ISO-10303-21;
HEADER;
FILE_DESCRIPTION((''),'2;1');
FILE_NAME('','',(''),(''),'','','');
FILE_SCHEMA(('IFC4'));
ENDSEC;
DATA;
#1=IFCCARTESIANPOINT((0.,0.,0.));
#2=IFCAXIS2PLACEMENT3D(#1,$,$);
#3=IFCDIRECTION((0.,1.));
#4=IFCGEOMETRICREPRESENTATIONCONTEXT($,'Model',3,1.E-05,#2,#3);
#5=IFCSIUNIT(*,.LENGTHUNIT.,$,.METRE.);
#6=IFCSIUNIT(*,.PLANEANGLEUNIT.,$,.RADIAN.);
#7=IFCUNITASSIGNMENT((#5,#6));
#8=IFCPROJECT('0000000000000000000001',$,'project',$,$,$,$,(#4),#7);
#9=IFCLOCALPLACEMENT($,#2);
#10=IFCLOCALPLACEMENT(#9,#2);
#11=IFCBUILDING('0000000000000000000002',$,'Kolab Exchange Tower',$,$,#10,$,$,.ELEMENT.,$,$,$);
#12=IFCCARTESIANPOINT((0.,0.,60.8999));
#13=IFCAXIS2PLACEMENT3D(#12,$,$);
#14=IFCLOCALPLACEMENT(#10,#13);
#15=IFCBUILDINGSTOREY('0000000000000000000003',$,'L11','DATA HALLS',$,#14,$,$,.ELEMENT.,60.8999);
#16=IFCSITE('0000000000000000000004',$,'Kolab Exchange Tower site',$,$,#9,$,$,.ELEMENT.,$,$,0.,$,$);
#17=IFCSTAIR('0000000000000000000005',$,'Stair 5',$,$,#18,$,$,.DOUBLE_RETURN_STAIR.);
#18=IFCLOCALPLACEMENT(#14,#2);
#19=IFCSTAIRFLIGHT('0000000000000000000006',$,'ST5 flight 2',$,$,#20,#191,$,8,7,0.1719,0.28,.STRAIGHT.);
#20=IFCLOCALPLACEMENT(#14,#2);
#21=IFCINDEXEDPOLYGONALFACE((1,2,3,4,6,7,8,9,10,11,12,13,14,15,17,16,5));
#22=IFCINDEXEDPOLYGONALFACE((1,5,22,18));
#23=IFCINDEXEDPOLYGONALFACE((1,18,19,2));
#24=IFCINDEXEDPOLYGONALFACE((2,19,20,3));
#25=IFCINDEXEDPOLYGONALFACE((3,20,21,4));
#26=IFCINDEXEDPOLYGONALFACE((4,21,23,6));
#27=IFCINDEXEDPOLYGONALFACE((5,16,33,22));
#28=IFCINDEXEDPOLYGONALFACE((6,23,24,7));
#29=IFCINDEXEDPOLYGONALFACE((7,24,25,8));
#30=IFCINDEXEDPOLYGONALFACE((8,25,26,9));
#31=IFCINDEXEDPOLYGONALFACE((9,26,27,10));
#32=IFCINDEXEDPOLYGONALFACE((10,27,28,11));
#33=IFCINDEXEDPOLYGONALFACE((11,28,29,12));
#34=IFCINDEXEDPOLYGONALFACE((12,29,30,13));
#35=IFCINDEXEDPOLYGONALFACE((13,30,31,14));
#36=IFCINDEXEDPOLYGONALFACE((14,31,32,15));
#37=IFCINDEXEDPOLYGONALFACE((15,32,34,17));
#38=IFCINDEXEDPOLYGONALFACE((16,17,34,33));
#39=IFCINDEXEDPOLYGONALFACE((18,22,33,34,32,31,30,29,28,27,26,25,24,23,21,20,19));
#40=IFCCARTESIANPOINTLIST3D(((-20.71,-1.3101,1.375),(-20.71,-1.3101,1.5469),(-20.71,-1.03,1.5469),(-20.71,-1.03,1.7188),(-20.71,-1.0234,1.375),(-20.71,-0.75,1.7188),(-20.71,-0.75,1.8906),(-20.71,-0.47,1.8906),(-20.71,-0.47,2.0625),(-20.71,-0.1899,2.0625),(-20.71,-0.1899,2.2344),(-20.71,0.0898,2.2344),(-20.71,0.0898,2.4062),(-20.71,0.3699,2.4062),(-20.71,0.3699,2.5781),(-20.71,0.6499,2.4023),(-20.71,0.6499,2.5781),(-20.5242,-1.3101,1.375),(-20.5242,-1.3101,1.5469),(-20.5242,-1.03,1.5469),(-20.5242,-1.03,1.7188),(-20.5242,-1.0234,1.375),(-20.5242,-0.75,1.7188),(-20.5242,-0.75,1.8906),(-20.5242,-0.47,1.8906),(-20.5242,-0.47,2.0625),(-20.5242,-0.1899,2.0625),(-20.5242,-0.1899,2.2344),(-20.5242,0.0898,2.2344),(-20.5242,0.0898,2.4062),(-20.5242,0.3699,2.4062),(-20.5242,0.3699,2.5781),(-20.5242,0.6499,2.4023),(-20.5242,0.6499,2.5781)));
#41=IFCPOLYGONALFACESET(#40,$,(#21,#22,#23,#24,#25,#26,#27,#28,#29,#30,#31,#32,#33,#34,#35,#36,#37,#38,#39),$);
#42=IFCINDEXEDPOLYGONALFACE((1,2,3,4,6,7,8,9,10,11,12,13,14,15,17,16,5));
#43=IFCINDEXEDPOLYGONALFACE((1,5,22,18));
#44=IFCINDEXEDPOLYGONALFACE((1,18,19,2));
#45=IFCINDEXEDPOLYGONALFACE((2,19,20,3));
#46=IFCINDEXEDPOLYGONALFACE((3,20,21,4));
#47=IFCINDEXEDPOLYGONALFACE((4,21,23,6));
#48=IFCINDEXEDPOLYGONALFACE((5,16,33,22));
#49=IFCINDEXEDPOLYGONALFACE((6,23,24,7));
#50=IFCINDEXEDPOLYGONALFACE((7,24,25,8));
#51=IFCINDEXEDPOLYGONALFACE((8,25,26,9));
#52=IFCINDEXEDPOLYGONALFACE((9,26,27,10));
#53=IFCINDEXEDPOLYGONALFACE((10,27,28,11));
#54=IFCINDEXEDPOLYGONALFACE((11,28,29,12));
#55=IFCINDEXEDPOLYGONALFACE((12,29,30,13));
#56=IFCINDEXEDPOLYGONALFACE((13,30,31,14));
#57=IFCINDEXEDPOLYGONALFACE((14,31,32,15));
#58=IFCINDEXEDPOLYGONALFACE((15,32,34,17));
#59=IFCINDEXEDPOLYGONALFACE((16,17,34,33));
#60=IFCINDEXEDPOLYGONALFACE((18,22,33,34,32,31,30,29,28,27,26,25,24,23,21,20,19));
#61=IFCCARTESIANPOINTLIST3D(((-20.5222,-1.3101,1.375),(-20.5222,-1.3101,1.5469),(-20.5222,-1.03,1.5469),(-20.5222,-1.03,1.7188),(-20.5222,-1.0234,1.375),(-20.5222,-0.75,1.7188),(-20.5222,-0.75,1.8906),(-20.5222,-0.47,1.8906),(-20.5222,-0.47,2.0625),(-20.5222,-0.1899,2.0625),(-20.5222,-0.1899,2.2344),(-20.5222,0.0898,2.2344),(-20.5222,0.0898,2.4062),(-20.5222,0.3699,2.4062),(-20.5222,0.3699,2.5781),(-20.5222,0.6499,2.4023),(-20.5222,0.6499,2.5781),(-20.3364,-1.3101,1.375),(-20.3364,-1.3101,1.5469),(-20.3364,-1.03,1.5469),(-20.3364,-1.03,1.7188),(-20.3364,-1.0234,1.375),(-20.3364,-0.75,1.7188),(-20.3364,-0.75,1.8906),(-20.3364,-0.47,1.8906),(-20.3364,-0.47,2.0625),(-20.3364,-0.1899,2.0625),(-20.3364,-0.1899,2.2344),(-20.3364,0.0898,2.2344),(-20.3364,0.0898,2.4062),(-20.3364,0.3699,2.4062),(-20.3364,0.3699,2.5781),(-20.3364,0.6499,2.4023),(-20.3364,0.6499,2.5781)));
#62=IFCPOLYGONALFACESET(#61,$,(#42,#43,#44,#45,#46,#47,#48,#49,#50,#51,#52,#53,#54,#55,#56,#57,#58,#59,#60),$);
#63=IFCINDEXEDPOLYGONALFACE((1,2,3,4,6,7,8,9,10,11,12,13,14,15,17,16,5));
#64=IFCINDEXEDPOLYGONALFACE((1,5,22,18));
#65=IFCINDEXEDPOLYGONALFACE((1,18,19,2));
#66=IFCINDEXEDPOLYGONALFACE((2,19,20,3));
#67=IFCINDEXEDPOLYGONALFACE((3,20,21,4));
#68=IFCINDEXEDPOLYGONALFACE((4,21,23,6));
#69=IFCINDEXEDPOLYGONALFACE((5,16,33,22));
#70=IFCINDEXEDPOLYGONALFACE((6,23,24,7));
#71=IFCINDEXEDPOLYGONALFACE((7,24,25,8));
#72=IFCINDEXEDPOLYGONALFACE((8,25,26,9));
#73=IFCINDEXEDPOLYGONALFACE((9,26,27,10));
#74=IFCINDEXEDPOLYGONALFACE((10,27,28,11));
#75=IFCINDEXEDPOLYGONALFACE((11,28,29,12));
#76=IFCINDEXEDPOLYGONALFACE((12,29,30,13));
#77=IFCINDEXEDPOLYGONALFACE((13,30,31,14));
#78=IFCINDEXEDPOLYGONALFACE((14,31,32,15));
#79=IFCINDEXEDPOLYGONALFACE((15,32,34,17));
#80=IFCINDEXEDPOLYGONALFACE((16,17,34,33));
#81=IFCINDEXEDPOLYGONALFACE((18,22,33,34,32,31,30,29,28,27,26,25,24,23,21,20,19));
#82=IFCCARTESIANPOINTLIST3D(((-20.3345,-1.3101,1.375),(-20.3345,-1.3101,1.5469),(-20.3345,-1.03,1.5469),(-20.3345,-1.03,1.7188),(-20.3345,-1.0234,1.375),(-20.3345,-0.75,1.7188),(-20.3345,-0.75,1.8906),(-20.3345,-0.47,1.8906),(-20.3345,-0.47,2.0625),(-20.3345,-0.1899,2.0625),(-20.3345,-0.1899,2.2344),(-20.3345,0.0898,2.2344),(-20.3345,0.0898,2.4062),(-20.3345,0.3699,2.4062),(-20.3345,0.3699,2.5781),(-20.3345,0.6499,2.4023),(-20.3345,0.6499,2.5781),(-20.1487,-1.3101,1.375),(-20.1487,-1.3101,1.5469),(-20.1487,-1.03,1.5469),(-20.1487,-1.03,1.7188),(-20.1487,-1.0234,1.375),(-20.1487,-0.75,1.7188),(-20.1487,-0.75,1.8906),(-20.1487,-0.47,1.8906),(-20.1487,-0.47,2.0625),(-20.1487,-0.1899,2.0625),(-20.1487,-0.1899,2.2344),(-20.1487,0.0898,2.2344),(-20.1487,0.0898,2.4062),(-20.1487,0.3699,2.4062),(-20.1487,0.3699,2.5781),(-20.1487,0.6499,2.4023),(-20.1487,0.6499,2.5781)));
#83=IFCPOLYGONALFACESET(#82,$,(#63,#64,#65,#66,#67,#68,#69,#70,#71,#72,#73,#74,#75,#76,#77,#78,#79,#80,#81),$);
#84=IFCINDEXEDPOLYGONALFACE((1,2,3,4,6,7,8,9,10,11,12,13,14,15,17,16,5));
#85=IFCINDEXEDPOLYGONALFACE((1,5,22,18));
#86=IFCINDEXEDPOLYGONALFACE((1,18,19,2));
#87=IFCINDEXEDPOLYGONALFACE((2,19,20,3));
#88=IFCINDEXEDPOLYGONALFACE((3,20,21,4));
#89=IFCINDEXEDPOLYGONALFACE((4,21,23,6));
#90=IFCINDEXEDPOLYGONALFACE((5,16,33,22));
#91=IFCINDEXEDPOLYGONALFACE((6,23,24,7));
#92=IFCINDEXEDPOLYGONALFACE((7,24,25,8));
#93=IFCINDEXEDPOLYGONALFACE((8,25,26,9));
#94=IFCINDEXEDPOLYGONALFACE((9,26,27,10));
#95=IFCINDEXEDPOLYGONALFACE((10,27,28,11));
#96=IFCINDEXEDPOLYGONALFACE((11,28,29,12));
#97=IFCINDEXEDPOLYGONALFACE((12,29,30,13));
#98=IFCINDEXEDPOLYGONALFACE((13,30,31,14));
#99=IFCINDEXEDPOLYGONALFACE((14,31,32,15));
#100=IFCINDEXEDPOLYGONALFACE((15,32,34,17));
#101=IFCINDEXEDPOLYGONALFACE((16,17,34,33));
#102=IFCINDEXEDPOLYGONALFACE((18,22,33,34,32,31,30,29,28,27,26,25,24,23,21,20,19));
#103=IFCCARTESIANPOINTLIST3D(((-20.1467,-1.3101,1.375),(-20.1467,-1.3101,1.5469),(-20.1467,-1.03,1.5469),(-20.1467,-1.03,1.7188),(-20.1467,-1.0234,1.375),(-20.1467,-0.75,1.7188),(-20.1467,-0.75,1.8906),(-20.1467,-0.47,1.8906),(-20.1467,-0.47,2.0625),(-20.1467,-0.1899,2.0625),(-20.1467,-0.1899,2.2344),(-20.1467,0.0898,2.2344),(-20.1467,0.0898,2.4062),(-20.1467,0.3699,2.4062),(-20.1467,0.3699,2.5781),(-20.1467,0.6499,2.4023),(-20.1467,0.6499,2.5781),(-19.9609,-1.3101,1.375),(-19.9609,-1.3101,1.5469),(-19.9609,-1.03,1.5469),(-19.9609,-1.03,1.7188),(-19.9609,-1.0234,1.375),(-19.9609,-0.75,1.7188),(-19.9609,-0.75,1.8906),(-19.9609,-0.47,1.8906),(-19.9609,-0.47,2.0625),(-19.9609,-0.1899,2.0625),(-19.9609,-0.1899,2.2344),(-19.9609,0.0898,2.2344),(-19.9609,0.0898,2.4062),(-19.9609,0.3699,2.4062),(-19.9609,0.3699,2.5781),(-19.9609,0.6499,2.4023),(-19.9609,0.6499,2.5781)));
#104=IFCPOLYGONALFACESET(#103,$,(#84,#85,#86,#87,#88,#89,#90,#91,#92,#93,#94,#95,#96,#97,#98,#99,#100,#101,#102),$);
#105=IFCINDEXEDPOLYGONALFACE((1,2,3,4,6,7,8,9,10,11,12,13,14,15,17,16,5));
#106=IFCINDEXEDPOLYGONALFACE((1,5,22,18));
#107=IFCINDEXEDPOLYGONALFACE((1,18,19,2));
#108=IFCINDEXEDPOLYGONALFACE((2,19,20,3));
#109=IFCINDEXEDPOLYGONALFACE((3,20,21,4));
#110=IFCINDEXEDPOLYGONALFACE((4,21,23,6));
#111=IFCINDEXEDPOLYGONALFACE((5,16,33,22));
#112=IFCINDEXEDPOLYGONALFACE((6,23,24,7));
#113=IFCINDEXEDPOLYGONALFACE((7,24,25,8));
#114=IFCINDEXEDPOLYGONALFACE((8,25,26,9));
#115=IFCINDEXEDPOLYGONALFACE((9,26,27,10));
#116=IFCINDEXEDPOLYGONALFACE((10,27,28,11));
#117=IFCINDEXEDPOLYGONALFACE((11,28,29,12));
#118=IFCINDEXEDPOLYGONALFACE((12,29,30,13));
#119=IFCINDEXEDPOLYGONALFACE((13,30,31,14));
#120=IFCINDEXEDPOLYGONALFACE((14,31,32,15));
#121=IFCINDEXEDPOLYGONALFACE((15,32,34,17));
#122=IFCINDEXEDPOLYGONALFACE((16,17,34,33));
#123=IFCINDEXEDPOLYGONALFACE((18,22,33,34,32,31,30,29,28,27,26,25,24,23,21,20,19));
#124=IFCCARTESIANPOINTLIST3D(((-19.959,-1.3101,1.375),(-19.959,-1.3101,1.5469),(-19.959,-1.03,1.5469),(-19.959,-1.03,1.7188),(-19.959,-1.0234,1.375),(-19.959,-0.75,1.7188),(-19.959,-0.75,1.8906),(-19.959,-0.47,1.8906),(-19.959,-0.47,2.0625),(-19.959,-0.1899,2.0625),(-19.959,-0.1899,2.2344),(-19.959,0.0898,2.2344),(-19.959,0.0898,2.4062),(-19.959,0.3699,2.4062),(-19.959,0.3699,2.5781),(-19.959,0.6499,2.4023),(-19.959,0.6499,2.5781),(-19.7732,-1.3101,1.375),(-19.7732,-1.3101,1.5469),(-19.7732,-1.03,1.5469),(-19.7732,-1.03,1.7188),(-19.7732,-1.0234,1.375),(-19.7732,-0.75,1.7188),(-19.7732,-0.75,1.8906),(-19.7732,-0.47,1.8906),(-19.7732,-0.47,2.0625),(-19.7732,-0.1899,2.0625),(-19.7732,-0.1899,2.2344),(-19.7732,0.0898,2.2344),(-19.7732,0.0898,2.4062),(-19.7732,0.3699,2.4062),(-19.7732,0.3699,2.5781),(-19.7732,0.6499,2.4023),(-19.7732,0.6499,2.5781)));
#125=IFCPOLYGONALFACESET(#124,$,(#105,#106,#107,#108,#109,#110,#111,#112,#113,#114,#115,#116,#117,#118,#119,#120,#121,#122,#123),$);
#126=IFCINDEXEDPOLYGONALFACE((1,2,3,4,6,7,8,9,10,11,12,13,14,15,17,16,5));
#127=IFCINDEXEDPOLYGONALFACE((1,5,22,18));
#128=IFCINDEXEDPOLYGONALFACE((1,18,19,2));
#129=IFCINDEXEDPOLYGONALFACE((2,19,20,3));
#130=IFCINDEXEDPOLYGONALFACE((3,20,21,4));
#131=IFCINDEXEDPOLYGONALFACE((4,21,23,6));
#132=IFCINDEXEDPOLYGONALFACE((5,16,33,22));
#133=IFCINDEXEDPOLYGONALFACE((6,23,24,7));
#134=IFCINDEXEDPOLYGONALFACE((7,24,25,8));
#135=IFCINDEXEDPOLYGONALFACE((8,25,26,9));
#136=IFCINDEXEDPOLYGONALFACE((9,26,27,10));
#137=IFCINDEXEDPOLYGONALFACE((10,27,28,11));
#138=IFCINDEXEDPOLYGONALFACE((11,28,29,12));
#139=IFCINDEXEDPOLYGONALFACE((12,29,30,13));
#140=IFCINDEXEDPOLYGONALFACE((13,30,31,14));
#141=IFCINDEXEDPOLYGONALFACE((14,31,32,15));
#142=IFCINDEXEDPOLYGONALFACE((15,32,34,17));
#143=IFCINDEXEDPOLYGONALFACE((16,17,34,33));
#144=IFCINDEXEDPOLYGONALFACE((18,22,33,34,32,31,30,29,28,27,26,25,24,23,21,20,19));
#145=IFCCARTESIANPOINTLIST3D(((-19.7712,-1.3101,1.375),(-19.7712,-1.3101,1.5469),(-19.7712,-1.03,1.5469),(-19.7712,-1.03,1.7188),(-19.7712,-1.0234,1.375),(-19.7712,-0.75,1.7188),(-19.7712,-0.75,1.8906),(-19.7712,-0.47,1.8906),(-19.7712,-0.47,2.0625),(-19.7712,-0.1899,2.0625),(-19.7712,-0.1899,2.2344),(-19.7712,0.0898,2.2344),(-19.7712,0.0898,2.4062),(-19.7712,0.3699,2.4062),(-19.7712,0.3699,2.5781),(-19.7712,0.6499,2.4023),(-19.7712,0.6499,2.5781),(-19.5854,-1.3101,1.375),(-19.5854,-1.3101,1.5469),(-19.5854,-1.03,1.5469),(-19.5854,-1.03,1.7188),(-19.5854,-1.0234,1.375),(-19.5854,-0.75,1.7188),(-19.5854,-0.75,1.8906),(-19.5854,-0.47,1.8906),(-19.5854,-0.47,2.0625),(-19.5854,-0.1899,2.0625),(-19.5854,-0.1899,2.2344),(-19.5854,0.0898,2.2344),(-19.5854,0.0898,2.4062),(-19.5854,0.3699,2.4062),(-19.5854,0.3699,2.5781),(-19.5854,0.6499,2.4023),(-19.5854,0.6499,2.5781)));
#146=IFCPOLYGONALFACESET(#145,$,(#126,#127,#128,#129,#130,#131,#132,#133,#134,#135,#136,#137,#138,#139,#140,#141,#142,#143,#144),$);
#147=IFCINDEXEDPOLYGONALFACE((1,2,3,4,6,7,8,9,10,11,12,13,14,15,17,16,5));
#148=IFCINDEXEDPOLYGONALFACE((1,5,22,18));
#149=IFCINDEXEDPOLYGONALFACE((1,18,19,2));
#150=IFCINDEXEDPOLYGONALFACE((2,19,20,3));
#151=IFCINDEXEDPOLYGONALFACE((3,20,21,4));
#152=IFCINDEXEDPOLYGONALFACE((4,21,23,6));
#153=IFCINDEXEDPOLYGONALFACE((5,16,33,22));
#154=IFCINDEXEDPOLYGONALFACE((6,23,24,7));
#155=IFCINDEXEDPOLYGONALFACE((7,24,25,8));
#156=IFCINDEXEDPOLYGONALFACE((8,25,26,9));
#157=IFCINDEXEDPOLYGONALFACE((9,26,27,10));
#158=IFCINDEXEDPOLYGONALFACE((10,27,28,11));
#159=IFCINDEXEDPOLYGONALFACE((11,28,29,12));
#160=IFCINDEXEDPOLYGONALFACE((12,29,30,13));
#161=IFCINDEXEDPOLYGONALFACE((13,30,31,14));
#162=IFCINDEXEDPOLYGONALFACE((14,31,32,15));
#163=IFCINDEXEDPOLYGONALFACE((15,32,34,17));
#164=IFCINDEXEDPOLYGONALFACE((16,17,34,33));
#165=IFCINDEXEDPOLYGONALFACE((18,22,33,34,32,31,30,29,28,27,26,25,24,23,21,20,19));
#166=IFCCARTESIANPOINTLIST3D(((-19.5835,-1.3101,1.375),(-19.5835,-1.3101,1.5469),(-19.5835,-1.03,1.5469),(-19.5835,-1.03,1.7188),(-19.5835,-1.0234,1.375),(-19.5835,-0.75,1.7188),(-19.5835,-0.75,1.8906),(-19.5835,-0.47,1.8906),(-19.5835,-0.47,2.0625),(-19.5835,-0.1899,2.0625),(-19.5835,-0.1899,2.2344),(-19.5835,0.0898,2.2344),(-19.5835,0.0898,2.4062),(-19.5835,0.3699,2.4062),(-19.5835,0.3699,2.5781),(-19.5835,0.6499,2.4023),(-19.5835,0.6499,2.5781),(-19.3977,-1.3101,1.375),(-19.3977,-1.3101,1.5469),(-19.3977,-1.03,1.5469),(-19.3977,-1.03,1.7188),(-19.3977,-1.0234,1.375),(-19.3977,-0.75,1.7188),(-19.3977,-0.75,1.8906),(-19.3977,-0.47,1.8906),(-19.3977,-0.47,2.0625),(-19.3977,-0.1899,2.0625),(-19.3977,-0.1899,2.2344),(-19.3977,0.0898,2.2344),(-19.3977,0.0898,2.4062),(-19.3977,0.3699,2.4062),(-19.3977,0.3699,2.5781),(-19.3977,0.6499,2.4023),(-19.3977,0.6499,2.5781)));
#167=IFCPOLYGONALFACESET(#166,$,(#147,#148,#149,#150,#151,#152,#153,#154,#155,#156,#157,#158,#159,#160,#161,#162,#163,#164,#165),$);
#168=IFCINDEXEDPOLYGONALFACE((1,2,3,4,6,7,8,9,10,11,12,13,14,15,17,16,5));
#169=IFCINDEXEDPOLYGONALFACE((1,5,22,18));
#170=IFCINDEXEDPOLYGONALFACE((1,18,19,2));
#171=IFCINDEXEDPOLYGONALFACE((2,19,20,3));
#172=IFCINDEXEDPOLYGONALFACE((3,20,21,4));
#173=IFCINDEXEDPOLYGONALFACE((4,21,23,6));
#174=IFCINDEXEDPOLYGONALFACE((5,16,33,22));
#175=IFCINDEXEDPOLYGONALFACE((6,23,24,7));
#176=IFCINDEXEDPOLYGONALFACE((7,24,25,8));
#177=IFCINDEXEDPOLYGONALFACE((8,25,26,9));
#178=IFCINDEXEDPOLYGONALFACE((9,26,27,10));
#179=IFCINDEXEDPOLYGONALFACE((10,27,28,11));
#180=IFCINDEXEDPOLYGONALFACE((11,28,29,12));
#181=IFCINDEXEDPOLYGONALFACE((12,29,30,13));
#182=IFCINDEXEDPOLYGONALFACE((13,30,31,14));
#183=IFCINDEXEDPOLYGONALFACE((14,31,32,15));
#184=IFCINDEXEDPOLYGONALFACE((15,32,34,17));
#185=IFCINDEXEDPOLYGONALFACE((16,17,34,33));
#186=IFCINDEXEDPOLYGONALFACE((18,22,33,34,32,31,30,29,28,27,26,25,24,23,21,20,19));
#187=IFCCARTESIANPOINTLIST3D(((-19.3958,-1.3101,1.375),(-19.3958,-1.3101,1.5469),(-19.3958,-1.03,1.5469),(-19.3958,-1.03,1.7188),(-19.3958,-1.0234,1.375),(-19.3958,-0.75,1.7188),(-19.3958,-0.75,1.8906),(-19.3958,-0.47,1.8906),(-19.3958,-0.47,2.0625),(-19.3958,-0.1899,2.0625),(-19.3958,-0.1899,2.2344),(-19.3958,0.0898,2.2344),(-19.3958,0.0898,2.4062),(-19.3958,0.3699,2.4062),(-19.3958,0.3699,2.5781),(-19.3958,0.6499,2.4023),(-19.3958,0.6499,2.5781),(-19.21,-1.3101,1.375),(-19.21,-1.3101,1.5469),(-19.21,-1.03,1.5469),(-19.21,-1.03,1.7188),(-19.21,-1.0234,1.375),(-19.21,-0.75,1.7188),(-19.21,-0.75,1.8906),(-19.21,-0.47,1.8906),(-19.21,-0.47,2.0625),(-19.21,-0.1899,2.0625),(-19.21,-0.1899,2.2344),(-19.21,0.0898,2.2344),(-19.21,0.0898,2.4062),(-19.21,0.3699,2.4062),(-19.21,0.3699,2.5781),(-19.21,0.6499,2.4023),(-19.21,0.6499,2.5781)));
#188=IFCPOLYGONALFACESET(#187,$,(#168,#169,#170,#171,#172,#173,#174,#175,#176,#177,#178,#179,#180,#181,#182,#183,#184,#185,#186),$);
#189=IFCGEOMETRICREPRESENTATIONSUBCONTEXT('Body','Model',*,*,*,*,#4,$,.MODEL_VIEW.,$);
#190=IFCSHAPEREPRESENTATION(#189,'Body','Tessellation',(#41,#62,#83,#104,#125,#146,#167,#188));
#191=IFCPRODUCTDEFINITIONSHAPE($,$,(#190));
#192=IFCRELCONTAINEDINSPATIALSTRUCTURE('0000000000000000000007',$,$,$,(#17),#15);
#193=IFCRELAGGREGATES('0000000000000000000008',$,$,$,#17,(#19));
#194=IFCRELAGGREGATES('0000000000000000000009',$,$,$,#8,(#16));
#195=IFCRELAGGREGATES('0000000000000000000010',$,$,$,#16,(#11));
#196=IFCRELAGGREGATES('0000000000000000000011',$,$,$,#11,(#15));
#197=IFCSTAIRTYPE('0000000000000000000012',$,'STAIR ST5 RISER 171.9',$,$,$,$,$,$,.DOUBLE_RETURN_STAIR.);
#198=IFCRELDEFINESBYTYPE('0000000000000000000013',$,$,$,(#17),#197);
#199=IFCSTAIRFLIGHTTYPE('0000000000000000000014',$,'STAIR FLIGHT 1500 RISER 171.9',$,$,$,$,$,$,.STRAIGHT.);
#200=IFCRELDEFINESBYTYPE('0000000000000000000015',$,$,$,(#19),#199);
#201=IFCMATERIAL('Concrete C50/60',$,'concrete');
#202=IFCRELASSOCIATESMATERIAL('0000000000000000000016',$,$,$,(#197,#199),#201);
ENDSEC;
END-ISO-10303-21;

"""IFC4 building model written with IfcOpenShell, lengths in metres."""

from ifc_helpers import new_model, si_unit, direction, frame, origin, place, context, subcontext, project, spatial, polyline, outline, extrude, material, type_object, element, aggregate, save


model = new_model("IFC4")

# Units and contexts
model_context = context("Model", 3, precision=1e-05, world=origin(), true_north=direction((0.0, 1.0)))
body_context = subcontext(model_context, "Body", "Model", "MODEL_VIEW")
ifc_project = project(units=[si_unit("LENGTHUNIT", "METRE"), si_unit("PLANEANGLEUNIT", "RADIAN")], contexts=[model_context])

# Site, building, storey
site_placement = place(None, origin())
site = spatial("IfcSite", under=ifc_project, at=site_placement, Name="Kolab Exchange Tower site", CompositionType="ELEMENT", RefElevation=0.0)
building_placement = place(site_placement, origin())
building = spatial("IfcBuilding", under=site, at=building_placement, Name="Kolab Exchange Tower", CompositionType="ELEMENT")
storey_placement = place(building_placement, frame((0.0, 0.0, 60.8999)))
storey = spatial("IfcBuildingStorey", under=building, at=storey_placement, Name="L11", Description="DATA HALLS", CompositionType="ELEMENT", Elevation=60.8999)

# Shared definitions
ifc_material_1 = material(Name="Concrete C50/60", Category="concrete")

# Stair, stair flight
stair_type = type_object("IfcStairType", Name="STAIR ST5 RISER 171.9", PredefinedType="DOUBLE_RETURN_STAIR", material=ifc_material_1)
stair_placement = place(storey_placement, origin())
stair = element("IfcStair", 1, at=stair_placement, inside=storey, type_object=stair_type, Name="Stair 5", PredefinedType="DOUBLE_RETURN_STAIR")
stair_flight_type = type_object("IfcStairFlightType", Name="STAIR FLIGHT 1500 RISER 171.9", PredefinedType="STRAIGHT", material=ifc_material_1)
stair_flight_1_placement = place(storey_placement, frame((-19.96, -1.3101, 1.375), z_axis=(0.0, 0.0, 1.0), x_axis=(0.0, 1.0, 0.0)))
stair_flight_1 = element("IfcStairFlight", 2, at=stair_flight_1_placement, type_object=stair_flight_type, Name="ST5 flight 2", NumberOfRisers=8, NumberOfTreads=7, PredefinedType="STRAIGHT", RiserHeight=0.1719, TreadLength=0.28, context=body_context, shape_type="SweptSolid", body=[
    extrude(outline(polyline([(0.0, 0.0), (0.0, 0.1719), (0.28, 0.1719), (0.28, 0.3438), (0.5601, 0.3438), (0.5601, 0.5156), (0.8401, 0.5156), (0.8401, 0.6875), (1.1201, 0.6875), (1.1201, 0.8594), (1.3999, 0.8594), (1.3999, 1.0312), (1.6799, 1.0312), (1.6799, 1.2031), (1.96, 1.2031), (1.96, 1.375), (1.96, 1.0273), (0.2866, 0.0), (0.0, 0.0)])), frame((0.0, 0.75, 0.0), z_axis=(0.0, -1.0, 0.0), x_axis=(1.0, 0.0, 0.0)), (0.0, 0.0, 1.0), 0.1858),
    extrude(outline(polyline([(0.0, 0.0), (0.0, 0.1719), (0.28, 0.1719), (0.28, 0.3438), (0.5601, 0.3438), (0.5601, 0.5156), (0.8401, 0.5156), (0.8401, 0.6875), (1.1201, 0.6875), (1.1201, 0.8594), (1.3999, 0.8594), (1.3999, 1.0312), (1.6799, 1.0312), (1.6799, 1.2031), (1.96, 1.2031), (1.96, 1.375), (1.96, 1.0273), (0.2866, 0.0), (0.0, 0.0)])), frame((0.0, 0.5623, 0.0), z_axis=(0.0, -1.0, 0.0), x_axis=(1.0, 0.0, 0.0)), (0.0, 0.0, 1.0), 0.1858),
    extrude(outline(polyline([(0.0, 0.0), (0.0, 0.1719), (0.28, 0.1719), (0.28, 0.3438), (0.5601, 0.3438), (0.5601, 0.5156), (0.8401, 0.5156), (0.8401, 0.6875), (1.1201, 0.6875), (1.1201, 0.8594), (1.3999, 0.8594), (1.3999, 1.0312), (1.6799, 1.0312), (1.6799, 1.2031), (1.96, 1.2031), (1.96, 1.375), (1.96, 1.0273), (0.2866, 0.0), (0.0, 0.0)])), frame((0.0, 0.3745, 0.0), z_axis=(0.0, -1.0, 0.0), x_axis=(1.0, 0.0, 0.0)), (0.0, 0.0, 1.0), 0.1858),
    extrude(outline(polyline([(0.0, 0.0), (0.0, 0.1719), (0.28, 0.1719), (0.28, 0.3438), (0.5601, 0.3438), (0.5601, 0.5156), (0.8401, 0.5156), (0.8401, 0.6875), (1.1201, 0.6875), (1.1201, 0.8594), (1.3999, 0.8594), (1.3999, 1.0312), (1.6799, 1.0312), (1.6799, 1.2031), (1.96, 1.2031), (1.96, 1.375), (1.96, 1.0273), (0.2866, 0.0), (0.0, 0.0)])), frame((0.0, 0.1868, 0.0), z_axis=(0.0, -1.0, 0.0), x_axis=(1.0, 0.0, 0.0)), (0.0, 0.0, 1.0), 0.1858),
    extrude(outline(polyline([(0.0, 0.0), (0.0, 0.1719), (0.28, 0.1719), (0.28, 0.3438), (0.5601, 0.3438), (0.5601, 0.5156), (0.8401, 0.5156), (0.8401, 0.6875), (1.1201, 0.6875), (1.1201, 0.8594), (1.3999, 0.8594), (1.3999, 1.0312), (1.6799, 1.0312), (1.6799, 1.2031), (1.96, 1.2031), (1.96, 1.375), (1.96, 1.0273), (0.2866, 0.0), (0.0, 0.0)])), frame((0.0, -0.001, 0.0), z_axis=(0.0, -1.0, 0.0), x_axis=(1.0, 0.0, 0.0)), (0.0, 0.0, 1.0), 0.1858),
    extrude(outline(polyline([(0.0, 0.0), (0.0, 0.1719), (0.28, 0.1719), (0.28, 0.3438), (0.5601, 0.3438), (0.5601, 0.5156), (0.8401, 0.5156), (0.8401, 0.6875), (1.1201, 0.6875), (1.1201, 0.8594), (1.3999, 0.8594), (1.3999, 1.0312), (1.6799, 1.0312), (1.6799, 1.2031), (1.96, 1.2031), (1.96, 1.375), (1.96, 1.0273), (0.2866, 0.0), (0.0, 0.0)])), frame((0.0, -0.1887, 0.0), z_axis=(0.0, -1.0, 0.0), x_axis=(1.0, 0.0, 0.0)), (0.0, 0.0, 1.0), 0.1858),
    extrude(outline(polyline([(0.0, 0.0), (0.0, 0.1719), (0.28, 0.1719), (0.28, 0.3438), (0.5601, 0.3438), (0.5601, 0.5156), (0.8401, 0.5156), (0.8401, 0.6875), (1.1201, 0.6875), (1.1201, 0.8594), (1.3999, 0.8594), (1.3999, 1.0312), (1.6799, 1.0312), (1.6799, 1.2031), (1.96, 1.2031), (1.96, 1.375), (1.96, 1.0273), (0.2866, 0.0), (0.0, 0.0)])), frame((0.0, -0.3765, 0.0), z_axis=(0.0, -1.0, 0.0), x_axis=(1.0, 0.0, 0.0)), (0.0, 0.0, 1.0), 0.1858),
    extrude(outline(polyline([(0.0, 0.0), (0.0, 0.1719), (0.28, 0.1719), (0.28, 0.3438), (0.5601, 0.3438), (0.5601, 0.5156), (0.8401, 0.5156), (0.8401, 0.6875), (1.1201, 0.6875), (1.1201, 0.8594), (1.3999, 0.8594), (1.3999, 1.0312), (1.6799, 1.0312), (1.6799, 1.2031), (1.96, 1.2031), (1.96, 1.375), (1.96, 1.0273), (0.2866, 0.0), (0.0, 0.0)])), frame((0.0, -0.5642, 0.0), z_axis=(0.0, -1.0, 0.0), x_axis=(1.0, 0.0, 0.0)), (0.0, 0.0, 1.0), 0.1858),
])
aggregate(stair, [stair_flight_1])

save(model, "model.ifc")
